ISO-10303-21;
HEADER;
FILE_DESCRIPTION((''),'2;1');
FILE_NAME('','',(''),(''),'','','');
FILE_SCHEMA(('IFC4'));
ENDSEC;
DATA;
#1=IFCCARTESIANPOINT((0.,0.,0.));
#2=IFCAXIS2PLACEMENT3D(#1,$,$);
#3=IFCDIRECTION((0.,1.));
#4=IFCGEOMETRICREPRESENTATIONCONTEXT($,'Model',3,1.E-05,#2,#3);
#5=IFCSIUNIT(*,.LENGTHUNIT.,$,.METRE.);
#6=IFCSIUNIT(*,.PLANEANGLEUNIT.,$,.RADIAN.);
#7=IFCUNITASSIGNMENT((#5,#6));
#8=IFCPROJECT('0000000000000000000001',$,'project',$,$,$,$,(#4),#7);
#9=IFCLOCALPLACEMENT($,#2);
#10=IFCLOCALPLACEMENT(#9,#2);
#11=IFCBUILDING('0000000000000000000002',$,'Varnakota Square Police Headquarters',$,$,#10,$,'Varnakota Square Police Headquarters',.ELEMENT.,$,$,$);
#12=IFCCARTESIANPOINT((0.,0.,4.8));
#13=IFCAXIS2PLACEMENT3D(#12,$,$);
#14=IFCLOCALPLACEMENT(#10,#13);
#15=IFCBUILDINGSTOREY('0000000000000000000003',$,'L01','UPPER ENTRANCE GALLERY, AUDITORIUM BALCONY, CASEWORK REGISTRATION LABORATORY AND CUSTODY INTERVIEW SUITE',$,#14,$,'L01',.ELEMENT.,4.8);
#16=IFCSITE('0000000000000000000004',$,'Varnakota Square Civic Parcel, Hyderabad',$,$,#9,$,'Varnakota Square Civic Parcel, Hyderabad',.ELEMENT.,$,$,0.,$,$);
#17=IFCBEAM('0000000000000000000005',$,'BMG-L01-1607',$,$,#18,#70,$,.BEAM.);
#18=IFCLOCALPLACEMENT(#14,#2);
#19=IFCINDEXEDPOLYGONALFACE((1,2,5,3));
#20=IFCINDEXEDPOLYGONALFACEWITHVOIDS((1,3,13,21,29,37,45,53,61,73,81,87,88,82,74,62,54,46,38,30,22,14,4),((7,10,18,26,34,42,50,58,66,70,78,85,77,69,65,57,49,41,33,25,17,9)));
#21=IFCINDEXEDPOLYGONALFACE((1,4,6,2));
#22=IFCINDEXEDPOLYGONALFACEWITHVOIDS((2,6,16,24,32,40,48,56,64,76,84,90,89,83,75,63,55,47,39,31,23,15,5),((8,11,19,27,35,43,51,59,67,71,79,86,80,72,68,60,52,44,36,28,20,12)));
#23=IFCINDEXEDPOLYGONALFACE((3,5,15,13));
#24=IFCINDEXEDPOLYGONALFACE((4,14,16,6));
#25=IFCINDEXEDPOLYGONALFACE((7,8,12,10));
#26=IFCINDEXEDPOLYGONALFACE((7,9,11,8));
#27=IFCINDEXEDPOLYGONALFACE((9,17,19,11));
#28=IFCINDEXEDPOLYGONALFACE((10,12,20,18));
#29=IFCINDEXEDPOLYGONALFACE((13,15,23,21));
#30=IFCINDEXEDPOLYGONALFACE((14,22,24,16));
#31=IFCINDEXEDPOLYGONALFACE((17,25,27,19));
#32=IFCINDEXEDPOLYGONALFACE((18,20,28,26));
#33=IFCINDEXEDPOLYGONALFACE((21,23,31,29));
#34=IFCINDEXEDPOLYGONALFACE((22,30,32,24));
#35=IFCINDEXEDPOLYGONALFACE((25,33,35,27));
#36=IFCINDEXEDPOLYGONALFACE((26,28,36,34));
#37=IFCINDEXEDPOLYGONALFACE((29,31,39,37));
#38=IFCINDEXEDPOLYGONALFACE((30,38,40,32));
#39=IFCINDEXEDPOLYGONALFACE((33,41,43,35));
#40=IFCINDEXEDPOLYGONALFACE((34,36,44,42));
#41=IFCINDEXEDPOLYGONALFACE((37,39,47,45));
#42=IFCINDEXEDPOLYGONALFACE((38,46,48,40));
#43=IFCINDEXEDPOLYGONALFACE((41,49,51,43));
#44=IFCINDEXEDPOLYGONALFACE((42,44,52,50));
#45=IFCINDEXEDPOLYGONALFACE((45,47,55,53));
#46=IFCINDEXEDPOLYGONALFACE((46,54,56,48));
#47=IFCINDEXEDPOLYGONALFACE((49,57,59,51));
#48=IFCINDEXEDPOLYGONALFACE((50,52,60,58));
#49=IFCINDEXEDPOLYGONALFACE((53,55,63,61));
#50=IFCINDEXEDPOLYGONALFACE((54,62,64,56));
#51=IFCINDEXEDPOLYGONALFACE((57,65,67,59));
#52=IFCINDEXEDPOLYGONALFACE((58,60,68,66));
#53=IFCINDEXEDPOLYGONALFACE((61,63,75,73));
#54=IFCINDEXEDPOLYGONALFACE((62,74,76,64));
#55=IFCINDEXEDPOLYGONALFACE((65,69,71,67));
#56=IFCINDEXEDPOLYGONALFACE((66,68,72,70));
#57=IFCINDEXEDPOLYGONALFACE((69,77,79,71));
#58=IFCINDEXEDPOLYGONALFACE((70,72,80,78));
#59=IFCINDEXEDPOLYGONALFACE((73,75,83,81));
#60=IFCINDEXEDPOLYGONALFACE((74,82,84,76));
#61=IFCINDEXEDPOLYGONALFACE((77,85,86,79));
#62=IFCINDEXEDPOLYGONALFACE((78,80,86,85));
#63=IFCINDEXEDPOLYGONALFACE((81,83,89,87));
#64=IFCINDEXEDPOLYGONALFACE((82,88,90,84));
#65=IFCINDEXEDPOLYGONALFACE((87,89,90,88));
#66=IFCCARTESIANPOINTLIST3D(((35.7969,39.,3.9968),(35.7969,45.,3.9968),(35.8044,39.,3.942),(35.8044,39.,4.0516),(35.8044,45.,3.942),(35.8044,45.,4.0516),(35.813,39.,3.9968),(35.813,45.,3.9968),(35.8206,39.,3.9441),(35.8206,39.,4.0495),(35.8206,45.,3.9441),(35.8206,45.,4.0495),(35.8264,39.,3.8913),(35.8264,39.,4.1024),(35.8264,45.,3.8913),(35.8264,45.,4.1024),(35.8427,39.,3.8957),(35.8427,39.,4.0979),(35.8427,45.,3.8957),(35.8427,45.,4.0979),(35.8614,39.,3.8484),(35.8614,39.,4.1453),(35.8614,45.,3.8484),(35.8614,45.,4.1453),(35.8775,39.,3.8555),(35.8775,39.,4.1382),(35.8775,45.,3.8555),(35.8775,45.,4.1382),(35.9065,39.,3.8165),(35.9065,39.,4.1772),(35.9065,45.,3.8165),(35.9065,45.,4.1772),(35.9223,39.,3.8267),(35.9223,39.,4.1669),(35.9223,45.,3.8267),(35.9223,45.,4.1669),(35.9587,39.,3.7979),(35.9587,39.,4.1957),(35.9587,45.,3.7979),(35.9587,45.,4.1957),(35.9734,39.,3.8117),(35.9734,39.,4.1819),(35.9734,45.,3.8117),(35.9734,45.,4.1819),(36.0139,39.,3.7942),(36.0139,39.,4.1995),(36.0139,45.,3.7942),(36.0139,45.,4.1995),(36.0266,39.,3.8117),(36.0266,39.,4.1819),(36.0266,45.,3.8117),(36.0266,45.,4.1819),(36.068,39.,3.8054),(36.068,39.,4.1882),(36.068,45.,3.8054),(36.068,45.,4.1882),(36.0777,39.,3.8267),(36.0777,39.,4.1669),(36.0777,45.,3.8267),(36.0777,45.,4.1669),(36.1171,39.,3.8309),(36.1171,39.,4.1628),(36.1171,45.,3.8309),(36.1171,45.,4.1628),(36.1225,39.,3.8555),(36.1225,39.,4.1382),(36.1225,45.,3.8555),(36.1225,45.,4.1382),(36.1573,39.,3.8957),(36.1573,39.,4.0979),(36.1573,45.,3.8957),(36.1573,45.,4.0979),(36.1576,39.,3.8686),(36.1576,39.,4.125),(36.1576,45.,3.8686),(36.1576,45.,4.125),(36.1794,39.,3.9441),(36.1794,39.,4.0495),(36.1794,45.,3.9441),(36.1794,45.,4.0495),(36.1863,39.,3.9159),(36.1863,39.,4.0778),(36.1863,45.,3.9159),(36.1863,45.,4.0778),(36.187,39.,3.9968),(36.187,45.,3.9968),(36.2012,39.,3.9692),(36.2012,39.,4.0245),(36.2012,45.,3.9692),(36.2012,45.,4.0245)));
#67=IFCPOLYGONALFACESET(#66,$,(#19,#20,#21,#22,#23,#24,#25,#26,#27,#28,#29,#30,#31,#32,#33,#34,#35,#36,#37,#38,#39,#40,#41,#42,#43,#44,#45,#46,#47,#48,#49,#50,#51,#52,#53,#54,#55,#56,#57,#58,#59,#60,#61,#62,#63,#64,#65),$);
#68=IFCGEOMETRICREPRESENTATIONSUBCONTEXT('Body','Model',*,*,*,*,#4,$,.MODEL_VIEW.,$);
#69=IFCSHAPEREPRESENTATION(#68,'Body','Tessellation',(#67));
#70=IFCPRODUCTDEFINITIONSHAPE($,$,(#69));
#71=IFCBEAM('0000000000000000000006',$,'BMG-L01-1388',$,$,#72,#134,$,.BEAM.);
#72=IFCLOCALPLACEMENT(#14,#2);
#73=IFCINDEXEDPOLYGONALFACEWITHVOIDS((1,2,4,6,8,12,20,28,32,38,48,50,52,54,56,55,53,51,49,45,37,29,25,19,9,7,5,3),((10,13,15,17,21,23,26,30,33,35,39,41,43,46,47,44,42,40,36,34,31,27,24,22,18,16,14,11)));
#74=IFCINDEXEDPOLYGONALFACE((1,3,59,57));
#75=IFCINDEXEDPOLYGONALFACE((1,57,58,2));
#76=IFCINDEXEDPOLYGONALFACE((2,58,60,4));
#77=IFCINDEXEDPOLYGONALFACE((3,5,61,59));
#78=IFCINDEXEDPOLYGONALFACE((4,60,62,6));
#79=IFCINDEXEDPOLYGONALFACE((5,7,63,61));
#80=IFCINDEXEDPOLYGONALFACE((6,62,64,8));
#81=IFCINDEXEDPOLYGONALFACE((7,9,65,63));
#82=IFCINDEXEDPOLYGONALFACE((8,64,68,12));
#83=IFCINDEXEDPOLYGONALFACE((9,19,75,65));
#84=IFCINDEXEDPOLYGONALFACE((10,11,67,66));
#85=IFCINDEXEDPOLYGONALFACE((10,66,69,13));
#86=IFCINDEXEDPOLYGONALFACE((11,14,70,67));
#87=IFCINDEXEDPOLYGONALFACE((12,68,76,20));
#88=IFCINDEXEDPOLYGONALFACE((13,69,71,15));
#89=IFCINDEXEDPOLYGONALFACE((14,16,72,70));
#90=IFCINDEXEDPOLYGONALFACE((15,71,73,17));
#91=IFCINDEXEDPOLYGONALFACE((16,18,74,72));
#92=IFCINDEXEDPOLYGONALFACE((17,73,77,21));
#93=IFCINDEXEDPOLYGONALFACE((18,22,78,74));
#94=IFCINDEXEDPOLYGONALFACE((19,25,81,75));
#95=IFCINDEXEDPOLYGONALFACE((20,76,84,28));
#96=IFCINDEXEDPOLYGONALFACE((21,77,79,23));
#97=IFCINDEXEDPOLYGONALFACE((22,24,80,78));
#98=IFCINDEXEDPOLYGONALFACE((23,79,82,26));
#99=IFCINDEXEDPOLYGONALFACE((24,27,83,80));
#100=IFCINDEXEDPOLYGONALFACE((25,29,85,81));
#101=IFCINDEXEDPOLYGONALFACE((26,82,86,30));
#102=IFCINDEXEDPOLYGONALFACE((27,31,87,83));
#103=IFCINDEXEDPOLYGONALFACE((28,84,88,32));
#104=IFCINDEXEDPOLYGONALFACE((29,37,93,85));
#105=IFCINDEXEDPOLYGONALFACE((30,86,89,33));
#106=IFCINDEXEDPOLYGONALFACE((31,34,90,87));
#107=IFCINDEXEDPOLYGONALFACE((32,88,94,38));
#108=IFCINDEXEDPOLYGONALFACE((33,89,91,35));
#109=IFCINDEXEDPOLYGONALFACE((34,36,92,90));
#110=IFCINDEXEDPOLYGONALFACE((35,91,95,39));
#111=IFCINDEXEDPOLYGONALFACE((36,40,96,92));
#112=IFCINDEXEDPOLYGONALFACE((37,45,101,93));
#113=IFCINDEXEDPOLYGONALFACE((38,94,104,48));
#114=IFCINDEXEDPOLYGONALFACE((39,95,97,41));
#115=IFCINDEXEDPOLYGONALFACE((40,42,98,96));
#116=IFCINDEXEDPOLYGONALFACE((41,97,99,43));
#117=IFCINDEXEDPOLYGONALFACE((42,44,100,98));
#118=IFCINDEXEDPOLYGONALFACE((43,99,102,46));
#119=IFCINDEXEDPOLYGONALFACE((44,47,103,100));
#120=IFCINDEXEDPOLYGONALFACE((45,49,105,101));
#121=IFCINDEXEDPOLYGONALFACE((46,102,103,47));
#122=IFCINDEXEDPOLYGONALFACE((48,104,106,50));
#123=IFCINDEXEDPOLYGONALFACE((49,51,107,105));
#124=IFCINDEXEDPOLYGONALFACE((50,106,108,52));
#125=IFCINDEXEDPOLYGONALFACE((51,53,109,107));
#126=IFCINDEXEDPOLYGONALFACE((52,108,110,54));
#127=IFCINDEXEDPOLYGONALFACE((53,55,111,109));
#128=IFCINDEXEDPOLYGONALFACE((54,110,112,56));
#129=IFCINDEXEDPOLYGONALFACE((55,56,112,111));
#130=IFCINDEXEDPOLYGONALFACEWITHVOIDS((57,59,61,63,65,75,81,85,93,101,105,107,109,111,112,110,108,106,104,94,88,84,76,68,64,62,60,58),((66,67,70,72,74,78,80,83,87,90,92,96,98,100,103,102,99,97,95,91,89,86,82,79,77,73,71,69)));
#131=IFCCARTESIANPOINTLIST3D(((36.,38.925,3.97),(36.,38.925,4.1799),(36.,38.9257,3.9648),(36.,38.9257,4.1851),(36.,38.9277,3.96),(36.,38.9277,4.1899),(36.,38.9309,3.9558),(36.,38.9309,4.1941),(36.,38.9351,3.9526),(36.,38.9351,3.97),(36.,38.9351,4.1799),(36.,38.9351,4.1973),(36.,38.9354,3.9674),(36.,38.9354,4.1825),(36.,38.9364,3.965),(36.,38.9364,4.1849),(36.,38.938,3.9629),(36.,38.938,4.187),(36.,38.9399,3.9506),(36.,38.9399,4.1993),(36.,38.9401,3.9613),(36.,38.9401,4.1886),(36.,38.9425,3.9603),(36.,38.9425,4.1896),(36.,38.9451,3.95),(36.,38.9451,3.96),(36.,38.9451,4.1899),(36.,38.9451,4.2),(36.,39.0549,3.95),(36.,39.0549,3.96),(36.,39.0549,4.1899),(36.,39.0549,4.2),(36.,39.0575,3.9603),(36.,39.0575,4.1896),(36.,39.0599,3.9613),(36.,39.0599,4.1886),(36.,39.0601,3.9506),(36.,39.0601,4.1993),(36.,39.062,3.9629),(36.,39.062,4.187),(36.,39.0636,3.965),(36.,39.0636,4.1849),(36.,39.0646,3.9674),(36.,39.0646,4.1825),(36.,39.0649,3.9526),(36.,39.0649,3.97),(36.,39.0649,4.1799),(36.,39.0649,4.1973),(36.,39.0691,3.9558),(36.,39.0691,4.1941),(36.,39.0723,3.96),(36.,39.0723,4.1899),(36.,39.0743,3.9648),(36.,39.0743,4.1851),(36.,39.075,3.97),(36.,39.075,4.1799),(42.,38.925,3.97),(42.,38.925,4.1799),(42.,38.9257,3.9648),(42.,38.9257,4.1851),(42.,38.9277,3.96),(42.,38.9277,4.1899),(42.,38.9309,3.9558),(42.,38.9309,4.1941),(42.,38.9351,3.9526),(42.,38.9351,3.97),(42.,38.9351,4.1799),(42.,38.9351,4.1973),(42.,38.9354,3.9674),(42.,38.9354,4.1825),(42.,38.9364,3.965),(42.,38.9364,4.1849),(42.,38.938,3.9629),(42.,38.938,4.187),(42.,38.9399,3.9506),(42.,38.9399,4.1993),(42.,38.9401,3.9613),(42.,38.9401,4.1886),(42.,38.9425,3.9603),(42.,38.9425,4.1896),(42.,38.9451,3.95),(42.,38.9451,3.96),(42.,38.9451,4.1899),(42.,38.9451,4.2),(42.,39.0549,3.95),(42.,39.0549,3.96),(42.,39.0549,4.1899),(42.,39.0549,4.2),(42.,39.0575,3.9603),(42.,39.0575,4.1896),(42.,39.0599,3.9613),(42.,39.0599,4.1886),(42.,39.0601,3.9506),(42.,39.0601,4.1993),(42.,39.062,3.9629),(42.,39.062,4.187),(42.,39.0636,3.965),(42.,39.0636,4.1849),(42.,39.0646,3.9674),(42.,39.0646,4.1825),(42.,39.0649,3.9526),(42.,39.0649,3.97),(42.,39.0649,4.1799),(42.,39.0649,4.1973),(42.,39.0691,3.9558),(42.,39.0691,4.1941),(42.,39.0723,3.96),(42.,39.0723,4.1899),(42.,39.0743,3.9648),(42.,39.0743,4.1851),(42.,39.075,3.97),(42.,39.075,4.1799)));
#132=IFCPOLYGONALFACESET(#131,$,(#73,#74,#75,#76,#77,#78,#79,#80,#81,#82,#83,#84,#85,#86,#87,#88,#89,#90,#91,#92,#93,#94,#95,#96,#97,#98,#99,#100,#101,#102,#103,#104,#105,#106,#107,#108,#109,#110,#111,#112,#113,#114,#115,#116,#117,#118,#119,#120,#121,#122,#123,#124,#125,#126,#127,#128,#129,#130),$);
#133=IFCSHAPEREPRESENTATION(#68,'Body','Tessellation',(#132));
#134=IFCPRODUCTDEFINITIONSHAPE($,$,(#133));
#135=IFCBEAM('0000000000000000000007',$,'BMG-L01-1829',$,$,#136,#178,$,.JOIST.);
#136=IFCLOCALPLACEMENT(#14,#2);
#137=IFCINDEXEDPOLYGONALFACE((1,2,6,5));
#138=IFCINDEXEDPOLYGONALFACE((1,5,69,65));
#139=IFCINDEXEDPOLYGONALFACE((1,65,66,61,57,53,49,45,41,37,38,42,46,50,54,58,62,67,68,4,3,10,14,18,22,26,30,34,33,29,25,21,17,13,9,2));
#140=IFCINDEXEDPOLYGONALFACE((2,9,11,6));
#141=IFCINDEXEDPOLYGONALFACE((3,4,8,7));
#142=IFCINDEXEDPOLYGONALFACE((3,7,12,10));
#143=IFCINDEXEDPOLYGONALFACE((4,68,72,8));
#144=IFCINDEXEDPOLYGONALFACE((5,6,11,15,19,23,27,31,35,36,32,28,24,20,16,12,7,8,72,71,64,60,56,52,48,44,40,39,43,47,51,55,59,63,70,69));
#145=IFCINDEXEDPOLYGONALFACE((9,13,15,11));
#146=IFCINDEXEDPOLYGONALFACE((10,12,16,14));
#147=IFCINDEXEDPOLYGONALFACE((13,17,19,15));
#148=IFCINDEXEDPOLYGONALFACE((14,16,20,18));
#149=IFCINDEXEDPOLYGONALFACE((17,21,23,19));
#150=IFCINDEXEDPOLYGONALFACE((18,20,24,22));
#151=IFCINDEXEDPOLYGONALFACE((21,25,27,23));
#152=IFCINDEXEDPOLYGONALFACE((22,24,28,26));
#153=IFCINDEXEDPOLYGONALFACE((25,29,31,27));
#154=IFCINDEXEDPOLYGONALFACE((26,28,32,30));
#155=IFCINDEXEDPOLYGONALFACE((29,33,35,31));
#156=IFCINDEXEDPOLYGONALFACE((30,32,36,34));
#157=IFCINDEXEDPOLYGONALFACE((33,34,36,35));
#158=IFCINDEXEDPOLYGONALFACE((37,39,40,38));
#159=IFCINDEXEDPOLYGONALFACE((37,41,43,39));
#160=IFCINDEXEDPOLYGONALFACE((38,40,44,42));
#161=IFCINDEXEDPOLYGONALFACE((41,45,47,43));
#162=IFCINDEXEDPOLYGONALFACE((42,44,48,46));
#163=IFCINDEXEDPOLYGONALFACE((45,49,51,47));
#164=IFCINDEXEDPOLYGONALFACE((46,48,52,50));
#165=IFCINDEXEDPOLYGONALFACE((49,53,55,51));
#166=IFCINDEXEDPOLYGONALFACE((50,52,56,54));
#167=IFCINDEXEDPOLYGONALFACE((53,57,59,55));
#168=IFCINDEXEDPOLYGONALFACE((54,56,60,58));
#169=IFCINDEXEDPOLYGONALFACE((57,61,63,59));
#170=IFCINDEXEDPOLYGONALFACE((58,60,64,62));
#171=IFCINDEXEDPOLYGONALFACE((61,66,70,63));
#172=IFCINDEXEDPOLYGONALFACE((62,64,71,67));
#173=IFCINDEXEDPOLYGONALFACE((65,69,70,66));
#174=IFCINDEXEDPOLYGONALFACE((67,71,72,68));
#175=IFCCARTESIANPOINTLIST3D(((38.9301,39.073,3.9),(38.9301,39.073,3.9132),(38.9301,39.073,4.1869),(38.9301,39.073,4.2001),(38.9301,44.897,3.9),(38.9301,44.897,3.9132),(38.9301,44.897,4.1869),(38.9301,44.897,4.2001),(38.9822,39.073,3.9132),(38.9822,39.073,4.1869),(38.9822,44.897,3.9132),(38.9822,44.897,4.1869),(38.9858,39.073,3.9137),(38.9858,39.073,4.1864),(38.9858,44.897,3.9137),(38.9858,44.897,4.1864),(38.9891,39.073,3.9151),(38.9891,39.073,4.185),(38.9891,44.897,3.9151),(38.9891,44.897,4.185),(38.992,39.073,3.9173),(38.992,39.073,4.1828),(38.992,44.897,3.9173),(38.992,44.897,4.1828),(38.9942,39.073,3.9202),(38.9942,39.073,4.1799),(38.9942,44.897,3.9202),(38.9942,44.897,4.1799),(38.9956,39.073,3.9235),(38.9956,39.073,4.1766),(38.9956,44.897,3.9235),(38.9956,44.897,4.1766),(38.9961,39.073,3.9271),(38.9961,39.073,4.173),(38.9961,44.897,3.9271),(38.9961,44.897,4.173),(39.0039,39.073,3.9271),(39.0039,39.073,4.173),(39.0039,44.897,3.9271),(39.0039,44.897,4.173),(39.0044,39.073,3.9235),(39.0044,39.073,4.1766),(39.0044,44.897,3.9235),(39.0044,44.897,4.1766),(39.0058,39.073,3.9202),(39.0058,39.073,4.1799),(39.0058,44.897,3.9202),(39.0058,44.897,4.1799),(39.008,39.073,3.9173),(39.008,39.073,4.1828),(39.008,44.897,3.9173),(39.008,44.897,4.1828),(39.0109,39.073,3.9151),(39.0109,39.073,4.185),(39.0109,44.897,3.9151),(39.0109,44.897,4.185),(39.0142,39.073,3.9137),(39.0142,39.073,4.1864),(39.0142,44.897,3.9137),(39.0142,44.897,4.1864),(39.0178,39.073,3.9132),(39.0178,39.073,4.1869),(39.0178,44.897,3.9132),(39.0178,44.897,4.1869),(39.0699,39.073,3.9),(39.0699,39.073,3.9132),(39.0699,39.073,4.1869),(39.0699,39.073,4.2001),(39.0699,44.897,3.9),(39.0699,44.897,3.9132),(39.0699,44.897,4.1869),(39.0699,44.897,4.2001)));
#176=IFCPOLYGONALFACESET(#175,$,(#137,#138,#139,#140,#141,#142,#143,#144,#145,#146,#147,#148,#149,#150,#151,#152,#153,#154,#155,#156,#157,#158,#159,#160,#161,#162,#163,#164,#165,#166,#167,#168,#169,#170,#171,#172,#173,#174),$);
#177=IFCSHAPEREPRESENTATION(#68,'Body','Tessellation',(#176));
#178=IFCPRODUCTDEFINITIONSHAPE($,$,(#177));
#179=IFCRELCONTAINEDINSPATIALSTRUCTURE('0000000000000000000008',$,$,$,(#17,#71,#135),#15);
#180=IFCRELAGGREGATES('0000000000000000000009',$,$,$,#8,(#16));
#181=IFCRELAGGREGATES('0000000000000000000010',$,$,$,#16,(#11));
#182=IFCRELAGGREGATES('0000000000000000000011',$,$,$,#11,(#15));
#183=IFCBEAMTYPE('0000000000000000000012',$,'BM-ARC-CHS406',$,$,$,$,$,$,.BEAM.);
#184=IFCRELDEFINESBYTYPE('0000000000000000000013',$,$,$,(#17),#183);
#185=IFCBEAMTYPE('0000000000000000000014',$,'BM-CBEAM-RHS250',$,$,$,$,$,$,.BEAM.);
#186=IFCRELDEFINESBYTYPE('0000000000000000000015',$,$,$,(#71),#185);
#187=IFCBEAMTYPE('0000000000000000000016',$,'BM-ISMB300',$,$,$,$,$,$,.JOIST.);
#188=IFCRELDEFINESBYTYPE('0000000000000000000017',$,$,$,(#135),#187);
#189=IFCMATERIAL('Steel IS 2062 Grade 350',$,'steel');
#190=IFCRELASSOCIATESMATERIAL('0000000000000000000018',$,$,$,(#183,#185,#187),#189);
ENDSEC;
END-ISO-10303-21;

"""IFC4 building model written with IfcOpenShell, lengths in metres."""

from ifc_helpers import new_model, si_unit, direction, frame, origin, origin_2d, place, context, subcontext, project, spatial, hollow_rectangle, hollow_circle, i_section, extrude, material, material_profile, profile_set, type_object, element, save


model = new_model("IFC4")

# Units and contexts
model_context = context("Model", 3, precision=1e-05, world=origin(), true_north=direction((0.0, 1.0)))
body_context = subcontext(model_context, "Body", "Model", "MODEL_VIEW")
ifc_project = project(units=[si_unit("LENGTHUNIT", "METRE"), si_unit("PLANEANGLEUNIT", "RADIAN")], contexts=[model_context])

# Site, building, storey
site_placement = place(None, origin())
site = spatial("IfcSite", under=ifc_project, at=site_placement, Name="Varnakota Square Civic Parcel, Hyderabad", LongName="Varnakota Square Civic Parcel, Hyderabad", CompositionType="ELEMENT", RefElevation=0.0)
building_placement = place(site_placement, origin())
building = spatial("IfcBuilding", under=site, at=building_placement, Name="Varnakota Square Police Headquarters", LongName="Varnakota Square Police Headquarters", CompositionType="ELEMENT")
storey_placement = place(building_placement, frame((0.0, 0.0, 4.8)))
storey = spatial("IfcBuildingStorey", under=building, at=storey_placement, Name="L01", Description="UPPER ENTRANCE GALLERY, AUDITORIUM BALCONY, CASEWORK REGISTRATION LABORATORY AND CUSTODY INTERVIEW SUITE", LongName="L01", CompositionType="ELEMENT", Elevation=4.8)

# Shared definitions
ifc_material_1 = material(Name="Steel IS 2062 Grade 350", Category="steel")

# Beams
ifc_material_profile_1 = material_profile(ifc_material_1, hollow_circle(Radius=0.2031, WallThickness=0.0161, at=origin_2d()), Name="CHS 406.4x16.0")
ifc_profile_set_1 = profile_set([ifc_material_profile_1], Name="Steel IS 2062 Grade 350")
beam_type_1 = type_object("IfcBeamType", Name="BM-ARC-CHS406", PredefinedType="BEAM", material=ifc_profile_set_1)
beam_1_placement = place(storey_placement, frame((36.0, 39.0, 3.9968), z_axis=(0.0, 1.0, 0.0), x_axis=(-1.0, 0.0, 0.0)))
element("IfcBeam", 1, at=beam_1_placement, inside=storey, type_object=beam_type_1, Name="BMG-L01-1607", PredefinedType="BEAM", context=body_context, shape_type="SweptSolid", body=[
    extrude(hollow_circle(Radius=0.2031, WallThickness=0.0161, at=origin_2d()), origin(), (0.0, 0.0, 1.0), 6.0),
])
ifc_material_profile_2 = material_profile(ifc_material_1, hollow_rectangle(XDim=0.1499, YDim=0.25, WallThickness=0.01, InnerFilletRadius=0.01, OuterFilletRadius=0.02, at=origin_2d()), Name="RHS 250x150x10")
ifc_profile_set_2 = profile_set([ifc_material_profile_2], Name="Steel IS 2062 Grade 350")
beam_type_2 = type_object("IfcBeamType", Name="BM-CBEAM-RHS250", PredefinedType="BEAM", material=ifc_profile_set_2)
beam_2_placement = place(storey_placement, frame((36.0, 39.0, 4.075), z_axis=(1.0, 0.0, 0.0), x_axis=(0.0, 1.0, 0.0)))
element("IfcBeam", 2, at=beam_2_placement, inside=storey, type_object=beam_type_2, Name="BMG-L01-1388", PredefinedType="BEAM", context=body_context, shape_type="SweptSolid", body=[
    extrude(hollow_rectangle(XDim=0.1499, YDim=0.25, WallThickness=0.01, InnerFilletRadius=0.01, OuterFilletRadius=0.02, at=origin_2d()), origin(), (0.0, 0.0, 1.0), 6.0),
])
ifc_material_profile_3 = material_profile(ifc_material_1, i_section(OverallWidth=0.1399, OverallDepth=0.3, WebThickness=0.0078, FlangeThickness=0.0132, FilletRadius=0.0139, at=origin_2d()), Name="ISMB 300")
ifc_profile_set_3 = profile_set([ifc_material_profile_3], Name="Steel IS 2062 Grade 350")
beam_type_3 = type_object("IfcBeamType", Name="BM-ISMB300", PredefinedType="JOIST", material=ifc_profile_set_3)
beam_3_placement = place(storey_placement, frame((39.0, 39.073, 4.05), z_axis=(0.0, 1.0, 0.0), x_axis=(-1.0, 0.0, 0.0)))
element("IfcBeam", 3, at=beam_3_placement, inside=storey, type_object=beam_type_3, Name="BMG-L01-1829", PredefinedType="JOIST", context=body_context, shape_type="SweptSolid", body=[
    extrude(i_section(OverallWidth=0.1399, OverallDepth=0.3, WebThickness=0.0078, FlangeThickness=0.0132, FilletRadius=0.0139, at=origin_2d()), origin(), (0.0, 0.0, 1.0), 5.824),
])

save(model, "model.ifc")
